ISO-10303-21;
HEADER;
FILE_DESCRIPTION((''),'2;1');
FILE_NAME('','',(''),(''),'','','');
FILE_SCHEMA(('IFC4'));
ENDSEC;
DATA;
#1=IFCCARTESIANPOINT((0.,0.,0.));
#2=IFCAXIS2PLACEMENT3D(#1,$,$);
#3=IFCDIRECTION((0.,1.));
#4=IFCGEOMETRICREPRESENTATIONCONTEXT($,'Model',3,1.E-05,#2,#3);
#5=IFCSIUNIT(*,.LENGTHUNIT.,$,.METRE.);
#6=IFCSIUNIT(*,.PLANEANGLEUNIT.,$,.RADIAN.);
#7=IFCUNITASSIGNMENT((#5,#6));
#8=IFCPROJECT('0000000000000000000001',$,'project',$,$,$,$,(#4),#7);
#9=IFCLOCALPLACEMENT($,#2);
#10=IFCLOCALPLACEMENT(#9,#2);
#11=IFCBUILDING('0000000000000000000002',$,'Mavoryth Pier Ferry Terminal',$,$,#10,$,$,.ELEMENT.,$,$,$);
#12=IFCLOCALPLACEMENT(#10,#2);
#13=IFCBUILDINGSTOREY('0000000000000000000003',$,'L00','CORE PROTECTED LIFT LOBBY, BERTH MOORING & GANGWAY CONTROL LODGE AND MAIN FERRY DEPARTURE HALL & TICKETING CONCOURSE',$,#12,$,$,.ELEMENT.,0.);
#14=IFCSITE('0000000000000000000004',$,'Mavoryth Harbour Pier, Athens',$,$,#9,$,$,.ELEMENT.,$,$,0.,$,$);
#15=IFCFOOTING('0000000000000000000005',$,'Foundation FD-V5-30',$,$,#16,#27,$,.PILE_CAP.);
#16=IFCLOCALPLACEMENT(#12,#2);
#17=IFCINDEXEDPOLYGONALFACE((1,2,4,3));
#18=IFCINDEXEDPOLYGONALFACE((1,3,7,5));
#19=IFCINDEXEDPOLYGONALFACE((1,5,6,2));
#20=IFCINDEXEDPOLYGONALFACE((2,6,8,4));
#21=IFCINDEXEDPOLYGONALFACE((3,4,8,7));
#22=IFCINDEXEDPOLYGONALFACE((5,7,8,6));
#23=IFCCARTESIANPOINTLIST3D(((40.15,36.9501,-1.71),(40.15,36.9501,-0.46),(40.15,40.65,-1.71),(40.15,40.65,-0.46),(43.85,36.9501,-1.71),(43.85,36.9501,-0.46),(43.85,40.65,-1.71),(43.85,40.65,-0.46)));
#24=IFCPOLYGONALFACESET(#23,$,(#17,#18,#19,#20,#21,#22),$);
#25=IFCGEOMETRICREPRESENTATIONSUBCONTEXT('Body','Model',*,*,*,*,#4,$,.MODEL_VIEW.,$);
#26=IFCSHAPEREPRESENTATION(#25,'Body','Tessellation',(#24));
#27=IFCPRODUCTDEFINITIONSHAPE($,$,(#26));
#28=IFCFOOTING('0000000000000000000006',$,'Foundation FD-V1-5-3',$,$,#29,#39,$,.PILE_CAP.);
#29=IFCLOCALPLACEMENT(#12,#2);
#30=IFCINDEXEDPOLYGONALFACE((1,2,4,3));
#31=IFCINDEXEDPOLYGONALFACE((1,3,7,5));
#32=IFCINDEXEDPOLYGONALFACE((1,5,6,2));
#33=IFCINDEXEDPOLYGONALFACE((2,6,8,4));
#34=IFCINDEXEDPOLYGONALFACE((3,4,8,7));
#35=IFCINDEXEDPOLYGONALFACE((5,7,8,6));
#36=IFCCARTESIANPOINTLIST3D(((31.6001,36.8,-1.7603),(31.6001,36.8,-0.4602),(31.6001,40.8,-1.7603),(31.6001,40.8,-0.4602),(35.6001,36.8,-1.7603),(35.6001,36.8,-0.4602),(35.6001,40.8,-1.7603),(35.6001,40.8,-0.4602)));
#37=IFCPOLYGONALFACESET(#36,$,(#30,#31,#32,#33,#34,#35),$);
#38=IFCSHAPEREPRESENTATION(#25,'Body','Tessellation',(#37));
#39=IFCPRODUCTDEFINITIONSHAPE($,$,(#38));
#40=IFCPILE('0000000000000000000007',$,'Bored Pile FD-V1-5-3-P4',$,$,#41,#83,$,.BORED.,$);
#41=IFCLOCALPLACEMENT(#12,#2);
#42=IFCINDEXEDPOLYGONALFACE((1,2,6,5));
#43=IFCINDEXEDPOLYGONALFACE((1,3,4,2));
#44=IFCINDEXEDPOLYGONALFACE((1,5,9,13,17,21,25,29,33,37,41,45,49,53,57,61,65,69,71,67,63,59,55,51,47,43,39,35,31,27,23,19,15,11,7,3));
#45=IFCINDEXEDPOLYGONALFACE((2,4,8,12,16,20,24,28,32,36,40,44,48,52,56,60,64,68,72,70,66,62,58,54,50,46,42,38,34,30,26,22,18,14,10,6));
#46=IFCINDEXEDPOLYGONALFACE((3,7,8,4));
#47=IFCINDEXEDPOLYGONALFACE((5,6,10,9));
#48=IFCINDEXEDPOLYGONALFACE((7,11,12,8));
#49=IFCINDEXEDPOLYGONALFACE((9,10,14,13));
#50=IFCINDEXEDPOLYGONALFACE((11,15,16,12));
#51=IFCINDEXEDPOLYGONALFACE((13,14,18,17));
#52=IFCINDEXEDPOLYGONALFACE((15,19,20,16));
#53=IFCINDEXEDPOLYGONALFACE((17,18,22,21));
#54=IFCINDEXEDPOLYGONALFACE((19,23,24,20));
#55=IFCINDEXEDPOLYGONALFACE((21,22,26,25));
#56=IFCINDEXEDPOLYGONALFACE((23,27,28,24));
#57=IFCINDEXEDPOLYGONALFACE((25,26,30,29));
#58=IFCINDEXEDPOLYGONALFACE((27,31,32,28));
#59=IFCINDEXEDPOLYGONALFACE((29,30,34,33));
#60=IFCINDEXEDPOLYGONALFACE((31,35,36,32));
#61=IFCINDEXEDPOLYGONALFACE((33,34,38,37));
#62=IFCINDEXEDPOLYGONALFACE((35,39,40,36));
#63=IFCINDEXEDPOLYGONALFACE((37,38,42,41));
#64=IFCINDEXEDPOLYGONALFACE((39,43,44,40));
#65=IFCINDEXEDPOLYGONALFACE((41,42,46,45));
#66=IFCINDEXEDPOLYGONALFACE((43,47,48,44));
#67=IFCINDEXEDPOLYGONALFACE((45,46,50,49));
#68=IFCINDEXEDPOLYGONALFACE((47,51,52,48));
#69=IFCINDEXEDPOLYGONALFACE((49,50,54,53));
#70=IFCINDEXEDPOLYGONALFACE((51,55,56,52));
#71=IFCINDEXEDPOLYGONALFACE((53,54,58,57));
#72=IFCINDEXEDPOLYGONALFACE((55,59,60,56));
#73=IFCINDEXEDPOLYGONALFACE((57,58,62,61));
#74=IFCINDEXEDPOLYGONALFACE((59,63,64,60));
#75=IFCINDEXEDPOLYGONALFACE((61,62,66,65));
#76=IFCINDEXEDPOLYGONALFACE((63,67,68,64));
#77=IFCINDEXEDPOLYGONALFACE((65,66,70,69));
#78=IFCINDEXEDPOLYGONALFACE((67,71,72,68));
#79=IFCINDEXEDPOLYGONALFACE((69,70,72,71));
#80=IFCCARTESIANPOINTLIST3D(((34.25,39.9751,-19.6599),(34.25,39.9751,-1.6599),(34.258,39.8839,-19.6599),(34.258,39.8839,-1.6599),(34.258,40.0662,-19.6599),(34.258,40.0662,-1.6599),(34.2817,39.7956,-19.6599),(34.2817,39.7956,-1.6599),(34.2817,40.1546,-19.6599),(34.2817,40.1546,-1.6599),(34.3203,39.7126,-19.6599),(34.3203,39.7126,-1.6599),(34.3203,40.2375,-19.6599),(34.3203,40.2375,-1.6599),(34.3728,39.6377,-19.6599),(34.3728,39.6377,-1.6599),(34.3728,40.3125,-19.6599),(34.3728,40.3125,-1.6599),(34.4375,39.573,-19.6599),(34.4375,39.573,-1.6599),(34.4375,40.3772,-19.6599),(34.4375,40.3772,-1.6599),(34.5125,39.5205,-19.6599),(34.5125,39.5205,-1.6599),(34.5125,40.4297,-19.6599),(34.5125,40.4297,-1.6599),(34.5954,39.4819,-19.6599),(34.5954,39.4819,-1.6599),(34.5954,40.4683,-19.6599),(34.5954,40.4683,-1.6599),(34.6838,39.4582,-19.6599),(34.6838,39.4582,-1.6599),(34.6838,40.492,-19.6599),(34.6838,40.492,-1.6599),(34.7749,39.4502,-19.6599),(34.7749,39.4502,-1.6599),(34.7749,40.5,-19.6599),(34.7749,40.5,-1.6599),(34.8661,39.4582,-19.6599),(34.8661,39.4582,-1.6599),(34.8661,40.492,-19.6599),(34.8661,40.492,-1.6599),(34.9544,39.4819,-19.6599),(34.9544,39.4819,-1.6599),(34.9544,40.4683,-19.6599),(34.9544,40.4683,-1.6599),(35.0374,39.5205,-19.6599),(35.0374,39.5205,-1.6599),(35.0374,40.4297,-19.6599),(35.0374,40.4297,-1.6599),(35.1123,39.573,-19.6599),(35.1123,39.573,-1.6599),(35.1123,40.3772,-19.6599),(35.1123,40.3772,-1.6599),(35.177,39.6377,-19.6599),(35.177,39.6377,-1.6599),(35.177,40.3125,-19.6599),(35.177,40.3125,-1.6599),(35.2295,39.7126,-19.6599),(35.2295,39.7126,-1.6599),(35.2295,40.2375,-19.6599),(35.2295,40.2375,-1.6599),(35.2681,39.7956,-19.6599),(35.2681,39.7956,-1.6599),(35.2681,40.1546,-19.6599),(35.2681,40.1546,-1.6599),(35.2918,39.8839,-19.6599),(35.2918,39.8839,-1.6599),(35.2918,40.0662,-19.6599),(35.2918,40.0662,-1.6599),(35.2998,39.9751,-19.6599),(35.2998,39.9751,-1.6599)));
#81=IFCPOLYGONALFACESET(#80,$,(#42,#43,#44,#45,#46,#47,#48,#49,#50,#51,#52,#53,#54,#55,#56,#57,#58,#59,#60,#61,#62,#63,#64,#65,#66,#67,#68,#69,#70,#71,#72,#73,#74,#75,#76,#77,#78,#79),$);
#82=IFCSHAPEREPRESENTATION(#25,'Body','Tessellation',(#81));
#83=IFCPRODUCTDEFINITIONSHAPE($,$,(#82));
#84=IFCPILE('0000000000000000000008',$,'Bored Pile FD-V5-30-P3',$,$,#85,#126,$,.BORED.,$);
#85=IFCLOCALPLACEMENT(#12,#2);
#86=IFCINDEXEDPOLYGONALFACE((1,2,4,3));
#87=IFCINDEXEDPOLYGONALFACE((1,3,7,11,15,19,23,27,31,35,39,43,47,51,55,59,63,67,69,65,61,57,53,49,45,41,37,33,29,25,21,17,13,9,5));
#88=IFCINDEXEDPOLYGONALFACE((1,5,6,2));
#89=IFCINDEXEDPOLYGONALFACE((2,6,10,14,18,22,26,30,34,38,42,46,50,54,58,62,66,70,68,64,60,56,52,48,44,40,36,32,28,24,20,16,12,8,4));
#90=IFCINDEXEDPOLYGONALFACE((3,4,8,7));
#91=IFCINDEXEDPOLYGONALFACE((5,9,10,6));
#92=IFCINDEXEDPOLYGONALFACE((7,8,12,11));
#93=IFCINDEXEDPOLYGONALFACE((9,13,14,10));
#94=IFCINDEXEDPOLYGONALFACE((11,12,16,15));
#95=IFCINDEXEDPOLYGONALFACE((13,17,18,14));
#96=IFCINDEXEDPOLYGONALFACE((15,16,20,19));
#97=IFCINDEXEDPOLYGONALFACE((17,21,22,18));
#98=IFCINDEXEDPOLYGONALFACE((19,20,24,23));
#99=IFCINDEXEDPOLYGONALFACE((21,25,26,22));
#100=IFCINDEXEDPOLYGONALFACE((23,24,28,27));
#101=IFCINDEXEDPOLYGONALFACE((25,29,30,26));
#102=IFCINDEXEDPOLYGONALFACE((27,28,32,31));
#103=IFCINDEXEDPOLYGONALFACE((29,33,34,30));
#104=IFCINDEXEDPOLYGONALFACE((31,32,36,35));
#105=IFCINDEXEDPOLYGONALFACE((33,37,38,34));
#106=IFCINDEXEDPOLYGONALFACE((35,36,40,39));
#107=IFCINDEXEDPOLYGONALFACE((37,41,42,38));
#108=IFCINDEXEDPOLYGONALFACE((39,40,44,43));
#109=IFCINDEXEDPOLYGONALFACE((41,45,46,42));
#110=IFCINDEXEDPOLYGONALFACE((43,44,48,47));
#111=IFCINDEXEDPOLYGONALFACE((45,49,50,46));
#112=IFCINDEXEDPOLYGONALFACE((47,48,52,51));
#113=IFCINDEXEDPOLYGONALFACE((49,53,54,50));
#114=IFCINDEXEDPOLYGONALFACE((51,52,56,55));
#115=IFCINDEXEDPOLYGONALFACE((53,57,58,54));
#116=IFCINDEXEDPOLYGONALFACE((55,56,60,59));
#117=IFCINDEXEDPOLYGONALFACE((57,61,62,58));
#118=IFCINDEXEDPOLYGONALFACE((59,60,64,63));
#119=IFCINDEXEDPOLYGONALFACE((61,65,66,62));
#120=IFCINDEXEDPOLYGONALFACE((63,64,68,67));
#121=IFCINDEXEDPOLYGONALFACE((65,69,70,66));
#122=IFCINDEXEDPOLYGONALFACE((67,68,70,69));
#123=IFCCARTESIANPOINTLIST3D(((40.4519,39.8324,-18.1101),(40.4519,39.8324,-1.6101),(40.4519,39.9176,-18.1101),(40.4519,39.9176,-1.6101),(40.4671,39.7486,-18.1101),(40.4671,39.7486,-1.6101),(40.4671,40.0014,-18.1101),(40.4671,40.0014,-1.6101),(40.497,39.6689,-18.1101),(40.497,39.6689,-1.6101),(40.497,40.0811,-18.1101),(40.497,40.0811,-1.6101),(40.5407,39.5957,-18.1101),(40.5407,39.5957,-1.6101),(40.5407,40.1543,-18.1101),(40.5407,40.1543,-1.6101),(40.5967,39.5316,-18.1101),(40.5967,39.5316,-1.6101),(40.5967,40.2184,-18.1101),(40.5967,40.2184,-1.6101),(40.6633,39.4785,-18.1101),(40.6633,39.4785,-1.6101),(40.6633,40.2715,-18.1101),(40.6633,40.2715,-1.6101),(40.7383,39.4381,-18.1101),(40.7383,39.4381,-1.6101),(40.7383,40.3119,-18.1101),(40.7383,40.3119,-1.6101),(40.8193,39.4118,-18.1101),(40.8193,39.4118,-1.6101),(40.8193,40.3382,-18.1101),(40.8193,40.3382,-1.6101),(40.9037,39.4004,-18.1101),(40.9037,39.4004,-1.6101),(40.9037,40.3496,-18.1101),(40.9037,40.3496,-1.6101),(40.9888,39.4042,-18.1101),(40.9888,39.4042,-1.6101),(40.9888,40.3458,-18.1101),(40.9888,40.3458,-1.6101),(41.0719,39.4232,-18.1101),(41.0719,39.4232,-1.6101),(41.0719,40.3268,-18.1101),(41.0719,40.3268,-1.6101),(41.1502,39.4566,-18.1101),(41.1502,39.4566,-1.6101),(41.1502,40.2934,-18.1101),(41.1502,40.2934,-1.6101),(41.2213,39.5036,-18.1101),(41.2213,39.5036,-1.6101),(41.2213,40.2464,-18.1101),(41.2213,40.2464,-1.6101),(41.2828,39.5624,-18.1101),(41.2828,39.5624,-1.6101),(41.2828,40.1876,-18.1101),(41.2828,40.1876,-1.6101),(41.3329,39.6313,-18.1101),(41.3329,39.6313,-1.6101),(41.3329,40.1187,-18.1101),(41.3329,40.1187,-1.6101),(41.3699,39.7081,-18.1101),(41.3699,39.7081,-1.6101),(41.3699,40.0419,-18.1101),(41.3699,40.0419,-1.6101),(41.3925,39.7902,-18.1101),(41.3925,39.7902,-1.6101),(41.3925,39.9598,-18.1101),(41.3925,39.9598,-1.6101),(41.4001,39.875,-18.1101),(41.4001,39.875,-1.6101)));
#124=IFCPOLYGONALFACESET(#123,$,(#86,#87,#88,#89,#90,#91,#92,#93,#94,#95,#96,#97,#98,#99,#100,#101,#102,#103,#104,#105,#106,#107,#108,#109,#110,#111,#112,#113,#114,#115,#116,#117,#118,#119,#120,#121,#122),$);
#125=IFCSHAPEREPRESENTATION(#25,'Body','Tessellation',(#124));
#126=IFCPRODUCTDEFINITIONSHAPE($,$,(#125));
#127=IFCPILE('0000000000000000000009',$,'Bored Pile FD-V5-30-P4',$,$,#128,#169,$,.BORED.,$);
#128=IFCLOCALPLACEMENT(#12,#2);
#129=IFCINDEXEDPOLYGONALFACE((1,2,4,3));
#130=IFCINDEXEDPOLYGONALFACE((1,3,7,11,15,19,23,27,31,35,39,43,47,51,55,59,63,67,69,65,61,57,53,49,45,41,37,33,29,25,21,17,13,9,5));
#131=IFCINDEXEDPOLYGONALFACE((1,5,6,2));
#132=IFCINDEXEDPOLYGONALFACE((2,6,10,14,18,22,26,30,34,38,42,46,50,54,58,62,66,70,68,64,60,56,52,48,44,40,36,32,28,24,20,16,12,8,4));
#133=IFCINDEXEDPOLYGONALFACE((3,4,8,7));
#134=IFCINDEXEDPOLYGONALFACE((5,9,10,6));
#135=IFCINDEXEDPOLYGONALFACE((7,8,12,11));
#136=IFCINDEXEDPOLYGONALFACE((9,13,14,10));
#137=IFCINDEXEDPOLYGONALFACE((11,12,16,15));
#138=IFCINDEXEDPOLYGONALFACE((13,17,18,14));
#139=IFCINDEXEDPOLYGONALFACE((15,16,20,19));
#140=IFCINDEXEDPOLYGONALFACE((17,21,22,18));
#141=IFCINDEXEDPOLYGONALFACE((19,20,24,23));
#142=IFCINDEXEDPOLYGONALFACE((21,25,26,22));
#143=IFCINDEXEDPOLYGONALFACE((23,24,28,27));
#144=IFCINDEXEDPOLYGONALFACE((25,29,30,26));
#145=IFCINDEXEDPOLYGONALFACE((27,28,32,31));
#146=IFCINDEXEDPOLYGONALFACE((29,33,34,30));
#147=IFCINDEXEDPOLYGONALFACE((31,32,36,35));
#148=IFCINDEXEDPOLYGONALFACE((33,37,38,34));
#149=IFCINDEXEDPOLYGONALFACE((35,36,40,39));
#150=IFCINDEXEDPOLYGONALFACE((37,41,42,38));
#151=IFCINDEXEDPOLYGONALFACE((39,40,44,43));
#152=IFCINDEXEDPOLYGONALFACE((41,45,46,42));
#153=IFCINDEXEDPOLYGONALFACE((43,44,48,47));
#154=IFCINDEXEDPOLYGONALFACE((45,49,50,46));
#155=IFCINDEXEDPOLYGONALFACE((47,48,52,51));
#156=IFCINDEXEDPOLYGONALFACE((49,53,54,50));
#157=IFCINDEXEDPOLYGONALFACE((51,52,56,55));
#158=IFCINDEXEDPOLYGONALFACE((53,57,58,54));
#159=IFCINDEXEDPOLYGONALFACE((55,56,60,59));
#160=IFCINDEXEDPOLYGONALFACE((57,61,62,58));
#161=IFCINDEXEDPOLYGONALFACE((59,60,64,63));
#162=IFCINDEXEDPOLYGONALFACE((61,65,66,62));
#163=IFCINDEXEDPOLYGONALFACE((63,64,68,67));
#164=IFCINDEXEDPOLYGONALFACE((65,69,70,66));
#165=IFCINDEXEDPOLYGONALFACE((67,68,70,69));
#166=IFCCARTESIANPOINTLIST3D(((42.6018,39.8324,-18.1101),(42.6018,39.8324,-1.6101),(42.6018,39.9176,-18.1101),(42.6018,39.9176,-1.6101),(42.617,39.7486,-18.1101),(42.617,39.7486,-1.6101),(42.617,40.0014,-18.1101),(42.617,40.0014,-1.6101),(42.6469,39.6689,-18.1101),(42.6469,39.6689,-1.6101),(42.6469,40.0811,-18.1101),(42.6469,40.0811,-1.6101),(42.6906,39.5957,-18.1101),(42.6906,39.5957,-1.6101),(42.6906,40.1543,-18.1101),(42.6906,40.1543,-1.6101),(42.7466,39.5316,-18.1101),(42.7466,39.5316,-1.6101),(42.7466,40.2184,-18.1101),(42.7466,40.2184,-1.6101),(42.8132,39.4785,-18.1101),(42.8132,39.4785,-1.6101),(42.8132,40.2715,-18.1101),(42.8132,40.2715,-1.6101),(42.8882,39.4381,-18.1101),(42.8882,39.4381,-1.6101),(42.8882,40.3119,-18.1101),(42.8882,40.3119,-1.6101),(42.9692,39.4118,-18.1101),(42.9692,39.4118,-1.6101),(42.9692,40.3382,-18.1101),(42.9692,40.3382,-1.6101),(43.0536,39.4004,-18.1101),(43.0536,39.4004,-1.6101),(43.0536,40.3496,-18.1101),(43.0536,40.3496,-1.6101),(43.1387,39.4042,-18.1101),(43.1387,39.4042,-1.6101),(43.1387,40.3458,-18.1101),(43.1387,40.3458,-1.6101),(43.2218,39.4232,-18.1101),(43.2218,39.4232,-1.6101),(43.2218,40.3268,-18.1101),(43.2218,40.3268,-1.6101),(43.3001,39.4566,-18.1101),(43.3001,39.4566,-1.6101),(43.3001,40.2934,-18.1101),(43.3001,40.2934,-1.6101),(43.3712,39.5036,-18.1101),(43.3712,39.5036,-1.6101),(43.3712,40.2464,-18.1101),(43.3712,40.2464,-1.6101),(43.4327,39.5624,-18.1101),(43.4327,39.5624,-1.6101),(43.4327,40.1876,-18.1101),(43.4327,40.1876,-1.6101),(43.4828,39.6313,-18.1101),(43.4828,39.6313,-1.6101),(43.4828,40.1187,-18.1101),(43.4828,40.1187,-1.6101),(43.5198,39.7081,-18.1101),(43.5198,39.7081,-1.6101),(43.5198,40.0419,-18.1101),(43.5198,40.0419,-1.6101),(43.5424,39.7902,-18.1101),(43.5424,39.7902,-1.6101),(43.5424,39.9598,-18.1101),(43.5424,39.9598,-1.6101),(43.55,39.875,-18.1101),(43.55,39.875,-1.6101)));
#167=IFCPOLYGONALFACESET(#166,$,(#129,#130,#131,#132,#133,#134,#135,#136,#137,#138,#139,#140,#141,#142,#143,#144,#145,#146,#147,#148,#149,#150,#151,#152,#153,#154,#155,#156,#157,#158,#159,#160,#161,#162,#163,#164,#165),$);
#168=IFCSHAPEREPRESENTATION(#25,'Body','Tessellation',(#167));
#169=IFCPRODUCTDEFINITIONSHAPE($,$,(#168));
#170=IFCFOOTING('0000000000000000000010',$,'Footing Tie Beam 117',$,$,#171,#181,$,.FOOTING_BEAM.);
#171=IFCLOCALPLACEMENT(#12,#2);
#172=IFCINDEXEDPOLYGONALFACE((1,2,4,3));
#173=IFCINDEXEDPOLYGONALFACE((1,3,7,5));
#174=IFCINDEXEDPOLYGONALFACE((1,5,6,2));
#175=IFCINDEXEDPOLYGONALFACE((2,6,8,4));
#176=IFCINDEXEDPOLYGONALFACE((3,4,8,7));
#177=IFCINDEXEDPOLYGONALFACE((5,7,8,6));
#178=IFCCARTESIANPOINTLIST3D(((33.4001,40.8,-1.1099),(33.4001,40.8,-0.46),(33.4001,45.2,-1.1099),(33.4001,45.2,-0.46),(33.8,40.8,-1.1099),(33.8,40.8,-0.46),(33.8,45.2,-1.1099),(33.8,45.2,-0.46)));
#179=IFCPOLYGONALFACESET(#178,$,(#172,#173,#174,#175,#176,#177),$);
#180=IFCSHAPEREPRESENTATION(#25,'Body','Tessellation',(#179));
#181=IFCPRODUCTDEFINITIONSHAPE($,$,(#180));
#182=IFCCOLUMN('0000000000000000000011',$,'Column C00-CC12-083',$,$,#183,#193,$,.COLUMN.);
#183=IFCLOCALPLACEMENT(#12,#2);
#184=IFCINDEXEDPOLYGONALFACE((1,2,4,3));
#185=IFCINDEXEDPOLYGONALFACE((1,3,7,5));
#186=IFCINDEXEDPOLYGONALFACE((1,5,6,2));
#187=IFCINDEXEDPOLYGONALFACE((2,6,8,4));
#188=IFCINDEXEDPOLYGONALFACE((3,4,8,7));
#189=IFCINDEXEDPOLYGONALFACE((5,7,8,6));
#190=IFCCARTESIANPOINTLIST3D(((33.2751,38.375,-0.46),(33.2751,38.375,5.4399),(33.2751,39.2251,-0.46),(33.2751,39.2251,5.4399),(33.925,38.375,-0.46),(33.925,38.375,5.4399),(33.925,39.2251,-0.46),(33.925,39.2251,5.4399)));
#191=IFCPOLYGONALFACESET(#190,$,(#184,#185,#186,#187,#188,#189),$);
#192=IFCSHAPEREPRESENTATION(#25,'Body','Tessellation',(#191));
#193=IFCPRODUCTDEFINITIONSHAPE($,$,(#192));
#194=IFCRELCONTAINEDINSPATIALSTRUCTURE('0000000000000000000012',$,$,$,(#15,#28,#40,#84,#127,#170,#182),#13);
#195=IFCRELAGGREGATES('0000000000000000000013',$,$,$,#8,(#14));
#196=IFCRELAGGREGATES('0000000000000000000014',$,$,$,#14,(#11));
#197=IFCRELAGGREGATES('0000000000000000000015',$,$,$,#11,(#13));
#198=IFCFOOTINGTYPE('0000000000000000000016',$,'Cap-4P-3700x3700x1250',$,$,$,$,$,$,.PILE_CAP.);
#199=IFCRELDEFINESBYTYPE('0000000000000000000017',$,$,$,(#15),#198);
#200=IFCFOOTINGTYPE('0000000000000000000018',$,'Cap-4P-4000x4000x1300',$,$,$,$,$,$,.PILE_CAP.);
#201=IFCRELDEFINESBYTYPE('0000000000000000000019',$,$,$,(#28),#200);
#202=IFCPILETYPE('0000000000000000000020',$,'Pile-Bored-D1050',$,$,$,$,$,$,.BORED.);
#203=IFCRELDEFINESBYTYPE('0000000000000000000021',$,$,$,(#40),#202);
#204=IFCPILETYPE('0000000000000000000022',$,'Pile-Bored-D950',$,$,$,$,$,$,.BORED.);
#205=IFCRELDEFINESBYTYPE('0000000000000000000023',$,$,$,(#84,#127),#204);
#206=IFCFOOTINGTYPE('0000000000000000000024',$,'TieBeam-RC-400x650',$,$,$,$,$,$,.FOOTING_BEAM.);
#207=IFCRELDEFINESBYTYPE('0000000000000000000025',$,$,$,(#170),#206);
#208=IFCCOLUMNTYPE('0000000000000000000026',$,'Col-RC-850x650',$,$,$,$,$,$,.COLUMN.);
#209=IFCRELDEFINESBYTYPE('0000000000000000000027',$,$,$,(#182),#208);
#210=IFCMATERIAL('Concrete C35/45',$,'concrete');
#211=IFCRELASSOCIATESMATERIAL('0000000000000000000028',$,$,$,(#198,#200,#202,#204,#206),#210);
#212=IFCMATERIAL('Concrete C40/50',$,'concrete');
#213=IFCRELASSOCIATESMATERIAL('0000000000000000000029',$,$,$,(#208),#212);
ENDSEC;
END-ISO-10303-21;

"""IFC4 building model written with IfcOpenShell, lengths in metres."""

from ifc_helpers import new_model, si_unit, direction, frame, origin, origin_2d, place, context, subcontext, project, spatial, rectangle, circle, extrude, material, material_profile, profile_set, type_object, element, save


model = new_model("IFC4")

# Units and contexts
model_context = context("Model", 3, precision=1e-05, world=origin(), true_north=direction((0.0, 1.0)))
body_context = subcontext(model_context, "Body", "Model", "MODEL_VIEW")
ifc_project = project(units=[si_unit("LENGTHUNIT", "METRE"), si_unit("PLANEANGLEUNIT", "RADIAN")], contexts=[model_context])

# Site, building, storey
site_placement = place(None, origin())
site = spatial("IfcSite", under=ifc_project, at=site_placement, Name="Mavoryth Harbour Pier, Athens", CompositionType="ELEMENT", RefElevation=0.0)
building_placement = place(site_placement, origin())
building = spatial("IfcBuilding", under=site, at=building_placement, Name="Mavoryth Pier Ferry Terminal", CompositionType="ELEMENT")
storey_placement = place(building_placement, origin())
storey = spatial("IfcBuildingStorey", under=building, at=storey_placement, Name="L00", Description="CORE PROTECTED LIFT LOBBY, BERTH MOORING & GANGWAY CONTROL LODGE AND MAIN FERRY DEPARTURE HALL & TICKETING CONCOURSE", CompositionType="ELEMENT", Elevation=0.0)

# Footings
ifc_material_1 = material(Name="Concrete C35/45", Category="concrete")
footing_type_1 = type_object("IfcFootingType", Name="Cap-4P-3700x3700x1250", PredefinedType="PILE_CAP", material=ifc_material_1)
footing_1_placement = place(storey_placement, frame((42.0, 38.8, -1.71), z_axis=(0.0, 0.0, 1.0), x_axis=(1.0, 0.0, 0.0)))
element("IfcFooting", 1, at=footing_1_placement, inside=storey, type_object=footing_type_1, Name="Foundation FD-V5-30", PredefinedType="PILE_CAP", context=body_context, shape_type="SweptSolid", body=[
    extrude(rectangle(XDim=3.7, YDim=3.7, at=origin_2d()), origin(), (0.0, 0.0, 1.0), 1.25),
])
footing_type_2 = type_object("IfcFootingType", Name="Cap-4P-4000x4000x1300", PredefinedType="PILE_CAP", material=ifc_material_1)
footing_2_placement = place(storey_placement, frame((33.6001, 38.8, -1.7603), z_axis=(0.0, 0.0, 1.0), x_axis=(1.0, 0.0, 0.0)))
element("IfcFooting", 2, at=footing_2_placement, inside=storey, type_object=footing_type_2, Name="Foundation FD-V1-5-3", PredefinedType="PILE_CAP", context=body_context, shape_type="SweptSolid", body=[
    extrude(rectangle(XDim=4.0, YDim=4.0, at=origin_2d()), origin(), (0.0, 0.0, 1.0), 1.3),
])

# Piles
ifc_material_profile_1 = material_profile(ifc_material_1, circle(Radius=0.5249, at=origin_2d()), Name="PILE D1050", Category="concrete")
ifc_profile_set_1 = profile_set([ifc_material_profile_1], Name="Concrete C35/45 - PILE D1050")
pile_type_1 = type_object("IfcPileType", Name="Pile-Bored-D1050", PredefinedType="BORED", material=ifc_profile_set_1)
pile_placement = place(storey_placement, frame((34.7749, 39.9751, -1.6599), z_axis=(0.0, 0.0, -1.0), x_axis=(1.0, 0.0, 0.0)))
element("IfcPile", 3, at=pile_placement, inside=storey, type_object=pile_type_1, Name="Bored Pile FD-V1-5-3-P4", PredefinedType="BORED", context=body_context, shape_type="SweptSolid", body=[
    extrude(circle(Radius=0.5249, at=origin_2d()), origin(), (0.0, 0.0, 1.0), 18.0),
])
ifc_material_profile_2 = material_profile(ifc_material_1, circle(Radius=0.4751, at=origin_2d()), Name="PILE D950", Category="concrete")
ifc_profile_set_2 = profile_set([ifc_material_profile_2], Name="Concrete C35/45 - PILE D950")
pile_type_2 = type_object("IfcPileType", Name="Pile-Bored-D950", PredefinedType="BORED", material=ifc_profile_set_2)
for number, where, z_axis, x_axis, name in (
    (4, (40.925, 39.875, -1.6101), (0.0, 0.0, -1.0), (1.0, 0.0, 0.0), "Bored Pile FD-V5-30-P3"),
    (5, (43.075, 39.875, -1.6101), (0.0, 0.0, -1.0), (1.0, 0.0, 0.0), "Bored Pile FD-V5-30-P4"),
):
    element("IfcPile", number, at=place(storey_placement, frame(where, z_axis=z_axis, x_axis=x_axis)), inside=storey, type_object=pile_type_2, Name=name, PredefinedType="BORED", context=body_context, shape_type="SweptSolid", body=[
        extrude(circle(Radius=0.4751, at=origin_2d()), origin(), (0.0, 0.0, 1.0), 16.5),
    ])

# Footing
ifc_material_profile_3 = material_profile(ifc_material_1, rectangle(XDim=0.3999, YDim=0.6499, at=origin_2d()), Name="RC 400x650", Category="concrete")
ifc_profile_set_3 = profile_set([ifc_material_profile_3], Name="Concrete C35/45 - RC 400x650")
footing_type_3 = type_object("IfcFootingType", Name="TieBeam-RC-400x650", PredefinedType="FOOTING_BEAM", material=ifc_profile_set_3)
footing_3_placement = place(storey_placement, frame((33.6001, 40.8, -0.7849), z_axis=(0.0, 1.0, 0.0), x_axis=(-1.0, 0.0, 0.0)))
element("IfcFooting", 6, at=footing_3_placement, inside=storey, type_object=footing_type_3, Name="Footing Tie Beam 117", PredefinedType="FOOTING_BEAM", context=body_context, shape_type="SweptSolid", body=[
    extrude(rectangle(XDim=0.3999, YDim=0.6499, at=origin_2d()), origin(), (0.0, 0.0, 1.0), 4.3999),
])

# Column
ifc_material_2 = material(Name="Concrete C40/50", Category="concrete")
ifc_material_profile_4 = material_profile(ifc_material_2, rectangle(XDim=0.6499, YDim=0.8501, at=origin_2d()), Name="RC 850x650", Category="concrete")
ifc_profile_set_4 = profile_set([ifc_material_profile_4], Name="Concrete C40/50 - RC 850x650")
column_type_1 = type_object("IfcColumnType", Name="Col-RC-850x650", PredefinedType="COLUMN", material=ifc_profile_set_4)
column_1_placement = place(storey_placement, frame((33.6001, 38.8, -0.46), z_axis=(0.0, 0.0, 1.0), x_axis=(1.0, 0.0, 0.0)))
element("IfcColumn", 7, at=column_1_placement, inside=storey, type_object=column_type_1, Name="Column C00-CC12-083", PredefinedType="COLUMN", context=body_context, shape_type="SweptSolid", body=[
    extrude(rectangle(XDim=0.6499, YDim=0.8501, at=origin_2d()), origin(), (0.0, 0.0, 1.0), 5.8999),
])

save(model, "model.ifc")
